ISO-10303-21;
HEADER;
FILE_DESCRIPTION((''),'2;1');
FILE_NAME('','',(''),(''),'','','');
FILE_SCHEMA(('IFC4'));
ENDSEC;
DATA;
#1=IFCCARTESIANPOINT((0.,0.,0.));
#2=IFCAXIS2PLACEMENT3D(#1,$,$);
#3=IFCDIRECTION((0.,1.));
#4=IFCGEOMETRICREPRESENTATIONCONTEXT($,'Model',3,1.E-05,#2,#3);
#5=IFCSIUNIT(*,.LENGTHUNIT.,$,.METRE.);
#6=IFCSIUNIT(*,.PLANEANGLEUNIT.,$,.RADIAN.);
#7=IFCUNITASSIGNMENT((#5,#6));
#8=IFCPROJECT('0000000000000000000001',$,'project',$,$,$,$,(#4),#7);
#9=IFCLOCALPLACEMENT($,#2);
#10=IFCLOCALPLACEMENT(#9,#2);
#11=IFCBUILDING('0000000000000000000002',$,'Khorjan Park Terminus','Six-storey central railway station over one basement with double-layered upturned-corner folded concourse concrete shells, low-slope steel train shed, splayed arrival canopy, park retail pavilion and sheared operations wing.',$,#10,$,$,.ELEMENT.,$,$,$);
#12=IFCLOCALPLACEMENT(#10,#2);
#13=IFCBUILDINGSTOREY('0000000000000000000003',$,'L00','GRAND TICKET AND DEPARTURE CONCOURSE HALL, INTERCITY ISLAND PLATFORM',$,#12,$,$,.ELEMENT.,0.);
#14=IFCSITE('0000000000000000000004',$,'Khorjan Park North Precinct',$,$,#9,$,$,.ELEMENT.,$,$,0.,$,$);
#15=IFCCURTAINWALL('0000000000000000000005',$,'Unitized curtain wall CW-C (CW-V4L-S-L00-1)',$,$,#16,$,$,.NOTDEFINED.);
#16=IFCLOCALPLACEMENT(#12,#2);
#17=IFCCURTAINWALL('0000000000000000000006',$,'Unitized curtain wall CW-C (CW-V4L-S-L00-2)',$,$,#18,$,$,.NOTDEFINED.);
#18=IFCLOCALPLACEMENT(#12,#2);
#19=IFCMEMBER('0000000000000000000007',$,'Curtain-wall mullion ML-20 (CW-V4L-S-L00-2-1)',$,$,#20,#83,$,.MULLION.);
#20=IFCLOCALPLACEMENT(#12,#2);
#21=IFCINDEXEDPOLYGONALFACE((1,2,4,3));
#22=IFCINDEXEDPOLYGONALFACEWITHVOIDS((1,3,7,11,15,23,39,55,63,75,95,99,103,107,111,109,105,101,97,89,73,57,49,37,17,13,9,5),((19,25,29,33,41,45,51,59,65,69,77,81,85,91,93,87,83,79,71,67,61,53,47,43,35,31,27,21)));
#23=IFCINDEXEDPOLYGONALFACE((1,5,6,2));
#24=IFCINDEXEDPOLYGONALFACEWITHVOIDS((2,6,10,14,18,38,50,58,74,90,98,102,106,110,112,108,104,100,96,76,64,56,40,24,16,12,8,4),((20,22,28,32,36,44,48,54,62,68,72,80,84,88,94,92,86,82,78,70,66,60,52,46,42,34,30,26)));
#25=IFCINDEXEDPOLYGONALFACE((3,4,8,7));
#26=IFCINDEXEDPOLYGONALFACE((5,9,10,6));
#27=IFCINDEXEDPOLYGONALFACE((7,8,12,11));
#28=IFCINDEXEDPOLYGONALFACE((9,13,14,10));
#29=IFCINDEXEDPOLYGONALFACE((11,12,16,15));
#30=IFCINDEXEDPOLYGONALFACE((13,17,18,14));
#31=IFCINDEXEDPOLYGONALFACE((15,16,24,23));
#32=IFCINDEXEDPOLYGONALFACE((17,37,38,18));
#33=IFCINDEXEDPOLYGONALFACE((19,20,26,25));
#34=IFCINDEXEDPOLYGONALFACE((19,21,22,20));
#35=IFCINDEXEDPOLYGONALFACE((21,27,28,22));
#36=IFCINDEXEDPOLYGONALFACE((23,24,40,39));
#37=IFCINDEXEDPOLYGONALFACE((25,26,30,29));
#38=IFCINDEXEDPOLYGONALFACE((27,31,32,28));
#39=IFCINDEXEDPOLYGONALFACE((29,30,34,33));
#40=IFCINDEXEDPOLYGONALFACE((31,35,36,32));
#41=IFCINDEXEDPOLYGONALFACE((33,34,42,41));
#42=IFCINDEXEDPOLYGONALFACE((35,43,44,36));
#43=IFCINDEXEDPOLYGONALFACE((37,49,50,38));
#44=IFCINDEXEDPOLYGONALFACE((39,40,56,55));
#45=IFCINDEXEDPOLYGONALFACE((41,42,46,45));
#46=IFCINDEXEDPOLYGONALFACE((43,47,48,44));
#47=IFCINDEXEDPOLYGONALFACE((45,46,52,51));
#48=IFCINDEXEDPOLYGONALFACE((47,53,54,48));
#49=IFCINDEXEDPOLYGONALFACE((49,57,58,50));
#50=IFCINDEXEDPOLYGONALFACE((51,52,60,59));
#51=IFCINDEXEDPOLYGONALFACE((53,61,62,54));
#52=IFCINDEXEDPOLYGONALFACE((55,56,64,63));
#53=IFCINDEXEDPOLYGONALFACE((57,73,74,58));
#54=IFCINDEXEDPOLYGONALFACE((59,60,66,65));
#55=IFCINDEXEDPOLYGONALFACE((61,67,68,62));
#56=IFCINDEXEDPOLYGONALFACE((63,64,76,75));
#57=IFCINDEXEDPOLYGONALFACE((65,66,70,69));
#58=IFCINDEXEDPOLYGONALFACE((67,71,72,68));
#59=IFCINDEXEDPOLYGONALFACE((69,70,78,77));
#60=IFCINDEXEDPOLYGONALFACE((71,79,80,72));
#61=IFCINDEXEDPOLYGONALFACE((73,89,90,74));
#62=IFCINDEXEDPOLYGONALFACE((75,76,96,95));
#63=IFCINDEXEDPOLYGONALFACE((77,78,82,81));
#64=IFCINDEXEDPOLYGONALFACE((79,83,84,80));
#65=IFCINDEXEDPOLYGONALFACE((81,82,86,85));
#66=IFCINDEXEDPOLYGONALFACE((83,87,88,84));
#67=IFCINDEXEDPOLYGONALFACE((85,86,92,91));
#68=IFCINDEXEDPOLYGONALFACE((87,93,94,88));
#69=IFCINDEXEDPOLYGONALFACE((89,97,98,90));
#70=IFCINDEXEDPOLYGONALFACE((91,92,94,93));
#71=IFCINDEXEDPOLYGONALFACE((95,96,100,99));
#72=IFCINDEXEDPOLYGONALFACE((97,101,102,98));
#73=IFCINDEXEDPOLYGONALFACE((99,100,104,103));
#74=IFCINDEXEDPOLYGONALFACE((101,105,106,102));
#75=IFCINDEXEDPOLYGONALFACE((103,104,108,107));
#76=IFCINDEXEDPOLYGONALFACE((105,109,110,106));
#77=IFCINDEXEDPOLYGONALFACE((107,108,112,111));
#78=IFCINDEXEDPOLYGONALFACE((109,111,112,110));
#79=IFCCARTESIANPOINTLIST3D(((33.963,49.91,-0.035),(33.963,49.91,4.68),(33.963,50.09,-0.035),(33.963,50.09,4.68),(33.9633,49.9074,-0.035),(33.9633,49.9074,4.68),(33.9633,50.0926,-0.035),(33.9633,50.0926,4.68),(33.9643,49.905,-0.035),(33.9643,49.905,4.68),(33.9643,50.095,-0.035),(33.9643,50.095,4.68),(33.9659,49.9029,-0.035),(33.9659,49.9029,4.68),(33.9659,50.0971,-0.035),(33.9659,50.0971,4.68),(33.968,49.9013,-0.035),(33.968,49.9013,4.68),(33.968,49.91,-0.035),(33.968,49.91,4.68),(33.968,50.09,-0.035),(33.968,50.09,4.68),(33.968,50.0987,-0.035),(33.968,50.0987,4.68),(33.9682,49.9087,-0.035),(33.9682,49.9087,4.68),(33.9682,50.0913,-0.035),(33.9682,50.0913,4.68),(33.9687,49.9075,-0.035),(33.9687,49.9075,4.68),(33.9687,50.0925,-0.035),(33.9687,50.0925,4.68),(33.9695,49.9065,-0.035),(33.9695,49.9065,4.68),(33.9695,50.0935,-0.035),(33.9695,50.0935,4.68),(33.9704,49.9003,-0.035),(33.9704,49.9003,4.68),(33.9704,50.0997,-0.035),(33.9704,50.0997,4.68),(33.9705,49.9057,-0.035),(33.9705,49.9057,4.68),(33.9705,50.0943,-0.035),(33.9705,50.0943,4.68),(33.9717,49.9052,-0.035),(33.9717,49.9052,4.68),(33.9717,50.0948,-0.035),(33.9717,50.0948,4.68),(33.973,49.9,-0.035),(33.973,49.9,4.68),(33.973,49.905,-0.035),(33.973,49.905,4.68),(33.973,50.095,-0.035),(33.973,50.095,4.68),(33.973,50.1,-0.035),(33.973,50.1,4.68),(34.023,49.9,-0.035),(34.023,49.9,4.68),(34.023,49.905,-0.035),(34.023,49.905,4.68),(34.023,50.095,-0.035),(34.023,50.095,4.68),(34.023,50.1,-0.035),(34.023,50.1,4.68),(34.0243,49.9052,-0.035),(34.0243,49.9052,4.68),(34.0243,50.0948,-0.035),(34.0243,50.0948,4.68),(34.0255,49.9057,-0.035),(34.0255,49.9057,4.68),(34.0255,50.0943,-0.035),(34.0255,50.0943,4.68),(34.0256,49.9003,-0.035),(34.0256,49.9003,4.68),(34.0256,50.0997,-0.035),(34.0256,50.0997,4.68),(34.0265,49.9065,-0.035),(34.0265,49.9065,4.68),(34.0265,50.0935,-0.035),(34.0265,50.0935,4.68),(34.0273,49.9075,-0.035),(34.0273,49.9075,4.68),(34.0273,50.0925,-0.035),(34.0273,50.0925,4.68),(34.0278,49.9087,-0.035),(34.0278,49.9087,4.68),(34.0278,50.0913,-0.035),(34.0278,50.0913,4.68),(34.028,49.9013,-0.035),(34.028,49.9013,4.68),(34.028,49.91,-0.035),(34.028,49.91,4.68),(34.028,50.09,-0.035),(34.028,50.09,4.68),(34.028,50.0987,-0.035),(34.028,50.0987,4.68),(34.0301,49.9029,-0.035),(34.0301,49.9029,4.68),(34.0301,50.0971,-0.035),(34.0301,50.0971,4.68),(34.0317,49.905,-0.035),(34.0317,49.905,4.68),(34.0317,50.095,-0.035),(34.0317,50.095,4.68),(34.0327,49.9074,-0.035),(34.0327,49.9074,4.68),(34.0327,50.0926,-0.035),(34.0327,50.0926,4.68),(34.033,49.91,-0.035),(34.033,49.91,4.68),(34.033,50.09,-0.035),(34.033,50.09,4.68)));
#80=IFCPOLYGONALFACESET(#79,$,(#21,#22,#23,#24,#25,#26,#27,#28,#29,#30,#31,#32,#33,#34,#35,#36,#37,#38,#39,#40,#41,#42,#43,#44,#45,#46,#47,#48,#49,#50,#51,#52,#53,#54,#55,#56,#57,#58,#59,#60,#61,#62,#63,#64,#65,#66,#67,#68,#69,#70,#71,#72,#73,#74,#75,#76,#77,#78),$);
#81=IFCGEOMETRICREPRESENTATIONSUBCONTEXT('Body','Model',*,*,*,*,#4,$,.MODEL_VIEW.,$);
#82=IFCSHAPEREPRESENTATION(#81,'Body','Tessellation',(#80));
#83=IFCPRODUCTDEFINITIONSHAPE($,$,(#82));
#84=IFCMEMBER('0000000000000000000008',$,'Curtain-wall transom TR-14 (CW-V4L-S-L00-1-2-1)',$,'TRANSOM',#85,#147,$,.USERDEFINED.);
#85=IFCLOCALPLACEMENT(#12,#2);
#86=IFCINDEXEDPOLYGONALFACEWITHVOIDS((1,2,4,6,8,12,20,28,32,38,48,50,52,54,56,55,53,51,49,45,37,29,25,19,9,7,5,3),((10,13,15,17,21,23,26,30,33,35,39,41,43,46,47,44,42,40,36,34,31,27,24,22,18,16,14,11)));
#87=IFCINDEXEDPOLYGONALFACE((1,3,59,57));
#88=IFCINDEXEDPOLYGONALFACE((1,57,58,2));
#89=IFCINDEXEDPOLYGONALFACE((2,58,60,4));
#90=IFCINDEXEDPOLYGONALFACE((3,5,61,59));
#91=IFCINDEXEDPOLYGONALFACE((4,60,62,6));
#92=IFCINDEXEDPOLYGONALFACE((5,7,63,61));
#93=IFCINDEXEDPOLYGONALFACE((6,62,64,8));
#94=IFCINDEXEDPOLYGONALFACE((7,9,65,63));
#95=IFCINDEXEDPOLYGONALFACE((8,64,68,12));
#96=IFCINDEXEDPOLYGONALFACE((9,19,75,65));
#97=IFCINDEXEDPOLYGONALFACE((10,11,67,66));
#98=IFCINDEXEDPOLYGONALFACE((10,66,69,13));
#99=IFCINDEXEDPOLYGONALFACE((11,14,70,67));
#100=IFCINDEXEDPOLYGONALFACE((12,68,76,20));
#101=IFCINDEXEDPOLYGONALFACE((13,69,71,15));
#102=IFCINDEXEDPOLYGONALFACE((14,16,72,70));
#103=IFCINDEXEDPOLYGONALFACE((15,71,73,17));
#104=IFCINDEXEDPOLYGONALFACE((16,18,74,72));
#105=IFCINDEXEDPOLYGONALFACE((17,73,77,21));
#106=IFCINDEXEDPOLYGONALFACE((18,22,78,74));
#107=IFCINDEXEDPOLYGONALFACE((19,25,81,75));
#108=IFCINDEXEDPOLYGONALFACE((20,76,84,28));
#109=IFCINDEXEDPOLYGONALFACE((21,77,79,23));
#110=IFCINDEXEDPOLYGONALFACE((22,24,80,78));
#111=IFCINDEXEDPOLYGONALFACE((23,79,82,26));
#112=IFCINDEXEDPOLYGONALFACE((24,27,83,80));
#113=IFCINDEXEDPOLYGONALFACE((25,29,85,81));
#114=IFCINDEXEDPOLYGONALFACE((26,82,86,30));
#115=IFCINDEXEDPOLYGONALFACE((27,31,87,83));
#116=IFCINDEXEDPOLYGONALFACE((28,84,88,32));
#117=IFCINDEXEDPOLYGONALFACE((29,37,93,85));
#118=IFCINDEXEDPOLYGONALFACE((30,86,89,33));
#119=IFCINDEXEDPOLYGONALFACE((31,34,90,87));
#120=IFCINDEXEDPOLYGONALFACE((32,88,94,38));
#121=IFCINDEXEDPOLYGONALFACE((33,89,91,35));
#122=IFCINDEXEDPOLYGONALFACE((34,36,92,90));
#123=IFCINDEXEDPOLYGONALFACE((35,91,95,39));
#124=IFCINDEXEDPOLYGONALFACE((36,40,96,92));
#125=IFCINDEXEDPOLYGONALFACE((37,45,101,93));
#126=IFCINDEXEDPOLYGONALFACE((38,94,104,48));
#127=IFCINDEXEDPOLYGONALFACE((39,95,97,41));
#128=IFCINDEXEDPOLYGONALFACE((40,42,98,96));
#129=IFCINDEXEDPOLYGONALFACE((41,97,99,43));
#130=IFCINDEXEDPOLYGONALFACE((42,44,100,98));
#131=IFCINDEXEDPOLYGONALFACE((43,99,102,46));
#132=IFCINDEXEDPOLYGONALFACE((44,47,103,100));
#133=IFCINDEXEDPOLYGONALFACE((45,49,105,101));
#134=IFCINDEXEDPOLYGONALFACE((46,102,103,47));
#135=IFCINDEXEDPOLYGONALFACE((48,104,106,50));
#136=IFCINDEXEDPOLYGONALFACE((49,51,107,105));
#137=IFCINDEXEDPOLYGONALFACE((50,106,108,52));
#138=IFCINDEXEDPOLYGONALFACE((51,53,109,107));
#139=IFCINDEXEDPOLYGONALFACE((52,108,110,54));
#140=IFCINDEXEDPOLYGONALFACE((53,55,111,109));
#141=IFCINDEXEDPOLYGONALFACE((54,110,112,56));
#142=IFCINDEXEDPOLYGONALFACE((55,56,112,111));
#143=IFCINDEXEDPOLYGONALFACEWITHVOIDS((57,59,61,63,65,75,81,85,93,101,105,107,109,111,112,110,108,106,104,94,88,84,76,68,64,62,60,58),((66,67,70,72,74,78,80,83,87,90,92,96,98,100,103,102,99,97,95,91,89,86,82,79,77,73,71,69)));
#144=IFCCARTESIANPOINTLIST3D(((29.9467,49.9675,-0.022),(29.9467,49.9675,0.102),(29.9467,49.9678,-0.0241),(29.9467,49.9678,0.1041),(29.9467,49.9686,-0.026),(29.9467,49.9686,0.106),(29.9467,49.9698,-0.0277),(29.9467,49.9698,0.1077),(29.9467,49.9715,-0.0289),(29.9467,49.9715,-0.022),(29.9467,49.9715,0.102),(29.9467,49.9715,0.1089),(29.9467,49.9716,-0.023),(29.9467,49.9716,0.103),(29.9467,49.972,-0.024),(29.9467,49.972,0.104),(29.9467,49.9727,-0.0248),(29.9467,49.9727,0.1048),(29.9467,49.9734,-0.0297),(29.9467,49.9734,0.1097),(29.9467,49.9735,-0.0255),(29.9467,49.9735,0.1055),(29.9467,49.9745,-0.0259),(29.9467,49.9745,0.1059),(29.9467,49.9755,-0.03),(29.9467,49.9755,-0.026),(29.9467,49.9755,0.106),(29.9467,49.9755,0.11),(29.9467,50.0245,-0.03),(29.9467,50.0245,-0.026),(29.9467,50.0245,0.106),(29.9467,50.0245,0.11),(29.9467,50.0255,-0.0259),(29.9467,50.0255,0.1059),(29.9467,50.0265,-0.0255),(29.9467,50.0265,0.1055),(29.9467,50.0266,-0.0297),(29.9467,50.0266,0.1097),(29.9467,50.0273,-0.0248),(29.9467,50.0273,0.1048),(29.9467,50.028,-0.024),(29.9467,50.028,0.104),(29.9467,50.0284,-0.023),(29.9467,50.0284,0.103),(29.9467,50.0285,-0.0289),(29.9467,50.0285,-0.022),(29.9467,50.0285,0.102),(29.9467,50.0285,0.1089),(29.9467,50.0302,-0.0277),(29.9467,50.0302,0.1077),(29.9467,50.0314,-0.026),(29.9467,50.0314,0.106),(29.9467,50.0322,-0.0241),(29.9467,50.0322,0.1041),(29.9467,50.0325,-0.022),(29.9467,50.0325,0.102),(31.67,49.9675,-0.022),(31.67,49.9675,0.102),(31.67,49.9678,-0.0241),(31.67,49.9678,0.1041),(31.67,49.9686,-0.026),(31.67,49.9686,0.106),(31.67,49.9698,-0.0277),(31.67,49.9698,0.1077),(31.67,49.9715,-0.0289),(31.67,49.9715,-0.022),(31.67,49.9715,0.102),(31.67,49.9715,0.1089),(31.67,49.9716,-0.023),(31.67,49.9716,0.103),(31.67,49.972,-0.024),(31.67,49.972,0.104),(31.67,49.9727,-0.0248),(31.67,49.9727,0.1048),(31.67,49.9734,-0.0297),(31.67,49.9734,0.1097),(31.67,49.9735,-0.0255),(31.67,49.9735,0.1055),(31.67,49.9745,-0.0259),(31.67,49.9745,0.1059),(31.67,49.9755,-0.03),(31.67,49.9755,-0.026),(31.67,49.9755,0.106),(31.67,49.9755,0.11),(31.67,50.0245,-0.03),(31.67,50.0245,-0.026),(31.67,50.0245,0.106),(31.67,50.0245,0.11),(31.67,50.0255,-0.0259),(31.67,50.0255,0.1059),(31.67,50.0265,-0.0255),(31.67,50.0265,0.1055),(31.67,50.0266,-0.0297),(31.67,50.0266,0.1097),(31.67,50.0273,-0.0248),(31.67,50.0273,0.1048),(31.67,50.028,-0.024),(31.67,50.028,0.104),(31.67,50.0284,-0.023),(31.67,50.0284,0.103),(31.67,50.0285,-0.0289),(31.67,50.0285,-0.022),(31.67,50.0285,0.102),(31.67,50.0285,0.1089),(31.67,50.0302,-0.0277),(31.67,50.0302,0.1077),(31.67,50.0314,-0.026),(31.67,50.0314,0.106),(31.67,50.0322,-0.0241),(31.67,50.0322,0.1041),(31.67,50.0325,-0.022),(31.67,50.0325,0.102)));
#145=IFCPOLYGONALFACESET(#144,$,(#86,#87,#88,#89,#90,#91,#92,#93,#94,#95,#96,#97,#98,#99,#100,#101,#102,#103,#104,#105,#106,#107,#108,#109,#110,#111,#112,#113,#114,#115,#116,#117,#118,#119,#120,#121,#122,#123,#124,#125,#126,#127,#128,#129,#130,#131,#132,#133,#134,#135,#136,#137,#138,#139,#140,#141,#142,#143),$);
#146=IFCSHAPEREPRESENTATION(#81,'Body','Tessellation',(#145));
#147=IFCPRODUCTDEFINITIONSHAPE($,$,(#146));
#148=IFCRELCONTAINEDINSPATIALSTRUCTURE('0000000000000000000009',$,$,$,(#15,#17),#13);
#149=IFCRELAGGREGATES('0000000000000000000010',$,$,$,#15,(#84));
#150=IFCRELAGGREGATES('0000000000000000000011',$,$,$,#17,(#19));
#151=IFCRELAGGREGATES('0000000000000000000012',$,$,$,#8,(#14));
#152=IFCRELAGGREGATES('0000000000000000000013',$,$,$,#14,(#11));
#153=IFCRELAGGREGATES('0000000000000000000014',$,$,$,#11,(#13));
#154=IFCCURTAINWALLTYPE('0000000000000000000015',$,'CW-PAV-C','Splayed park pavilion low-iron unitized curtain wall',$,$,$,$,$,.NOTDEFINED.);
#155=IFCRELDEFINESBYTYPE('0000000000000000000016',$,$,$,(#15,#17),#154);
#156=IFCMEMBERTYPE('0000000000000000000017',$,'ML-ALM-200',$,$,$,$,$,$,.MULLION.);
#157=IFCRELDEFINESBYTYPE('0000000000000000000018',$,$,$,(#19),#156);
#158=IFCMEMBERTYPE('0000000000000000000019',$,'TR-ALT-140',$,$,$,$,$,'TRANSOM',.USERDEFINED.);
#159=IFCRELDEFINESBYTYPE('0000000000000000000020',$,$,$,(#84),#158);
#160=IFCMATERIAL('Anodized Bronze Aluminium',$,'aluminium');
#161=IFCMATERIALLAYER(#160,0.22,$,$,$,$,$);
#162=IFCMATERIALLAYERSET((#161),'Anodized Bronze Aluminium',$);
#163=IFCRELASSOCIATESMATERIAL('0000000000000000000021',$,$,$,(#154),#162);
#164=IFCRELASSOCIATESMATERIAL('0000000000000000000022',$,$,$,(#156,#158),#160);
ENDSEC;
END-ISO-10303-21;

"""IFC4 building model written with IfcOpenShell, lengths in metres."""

from ifc_helpers import new_model, si_unit, direction, frame, origin, origin_2d, place, context, subcontext, project, spatial, hollow_rectangle, extrude, material, layer, layer_set, material_profile, profile_set, type_object, element, aggregate, save


model = new_model("IFC4")

# Units and contexts
model_context = context("Model", 3, precision=1e-05, world=origin(), true_north=direction((0.0, 1.0)))
body_context = subcontext(model_context, "Body", "Model", "MODEL_VIEW")
ifc_project = project(units=[si_unit("LENGTHUNIT", "METRE"), si_unit("PLANEANGLEUNIT", "RADIAN")], contexts=[model_context])

# Site, building, storey
site_placement = place(None, origin())
site = spatial("IfcSite", under=ifc_project, at=site_placement, Name="Khorjan Park North Precinct", CompositionType="ELEMENT", RefElevation=0.0)
building_placement = place(site_placement, origin())
building = spatial("IfcBuilding", under=site, at=building_placement, Name="Khorjan Park Terminus", Description="Six-storey central railway station over one basement with double-layered upturned-corner folded concourse concrete shells, low-slope steel train shed, splayed arrival canopy, park retail pavilion and sheared operations wing.", CompositionType="ELEMENT")
storey_placement = place(building_placement, origin())
storey = spatial("IfcBuildingStorey", under=building, at=storey_placement, Name="L00", Description="GRAND TICKET AND DEPARTURE CONCOURSE HALL, INTERCITY ISLAND PLATFORM", CompositionType="ELEMENT", Elevation=0.0)

# Curtain wall
ifc_material_1 = material(Name="Anodized Bronze Aluminium", Category="aluminium")
ifc_layer_1 = layer(ifc_material_1, 0.22)
ifc_layer_set_1 = layer_set([ifc_layer_1], Name="Anodized Bronze Aluminium")
curtain_wall_type = type_object("IfcCurtainWallType", Name="CW-PAV-C", Description="Splayed park pavilion low-iron unitized curtain wall", PredefinedType="NOTDEFINED", material=ifc_layer_set_1)
curtain_wall_1_placement = place(storey_placement, origin())
curtain_wall_1 = element("IfcCurtainWall", 1, at=curtain_wall_1_placement, inside=storey, type_object=curtain_wall_type, Name="Unitized curtain wall CW-C (CW-V4L-S-L00-1)", PredefinedType="NOTDEFINED")
ifc_material_profile_1 = material_profile(ifc_material_1, hollow_rectangle(XDim=0.07, YDim=0.2, WallThickness=0.005, InnerFilletRadius=0.005, OuterFilletRadius=0.01, at=origin_2d()), Name="ALM 70x200x5")
ifc_profile_set_1 = profile_set([ifc_material_profile_1], Name="Anodized Bronze Aluminium")
member_type_1 = type_object("IfcMemberType", Name="ML-ALM-200", PredefinedType="MULLION", material=ifc_profile_set_1)

# Curtain wall, member
curtain_wall_2_placement = place(storey_placement, origin())
curtain_wall_2 = element("IfcCurtainWall", 2, at=curtain_wall_2_placement, inside=storey, type_object=curtain_wall_type, Name="Unitized curtain wall CW-C (CW-V4L-S-L00-2)", PredefinedType="NOTDEFINED")
member_1_placement = place(storey_placement, frame((33.998, 50.0, -0.035), z_axis=(0.0, 0.0, 1.0), x_axis=(1.0, 0.0, 0.0)))
member_1 = element("IfcMember", 3, at=member_1_placement, type_object=member_type_1, Name="Curtain-wall mullion ML-20 (CW-V4L-S-L00-2-1)", PredefinedType="MULLION", context=body_context, shape_type="SweptSolid", body=[
    extrude(hollow_rectangle(XDim=0.07, YDim=0.2, WallThickness=0.005, InnerFilletRadius=0.005, OuterFilletRadius=0.01, at=origin_2d()), origin(), (0.0, 0.0, 1.0), 4.715),
])

# Member
ifc_material_profile_2 = material_profile(ifc_material_1, hollow_rectangle(XDim=0.065, YDim=0.14, WallThickness=0.004, InnerFilletRadius=0.004, OuterFilletRadius=0.008, at=origin_2d()), Name="ALT 65x140x4")
ifc_profile_set_2 = profile_set([ifc_material_profile_2], Name="Anodized Bronze Aluminium")
member_type_2 = type_object("IfcMemberType", Name="TR-ALT-140", ElementType="TRANSOM", PredefinedType="USERDEFINED", material=ifc_profile_set_2)
member_2_placement = place(storey_placement, frame((29.9467, 50.0, 0.04), z_axis=(1.0, 0.0, 0.0), x_axis=(0.0, 1.0, 0.0)))
member_2 = element("IfcMember", 4, at=member_2_placement, type_object=member_type_2, Name="Curtain-wall transom TR-14 (CW-V4L-S-L00-1-2-1)", ObjectType="TRANSOM", PredefinedType="USERDEFINED", context=body_context, shape_type="SweptSolid", body=[
    extrude(hollow_rectangle(XDim=0.065, YDim=0.14, WallThickness=0.004, InnerFilletRadius=0.004, OuterFilletRadius=0.008, at=origin_2d()), origin(), (0.0, 0.0, 1.0), 1.7233),
])

aggregate(curtain_wall_1, [member_2])
aggregate(curtain_wall_2, [member_1])

save(model, "model.ifc")
